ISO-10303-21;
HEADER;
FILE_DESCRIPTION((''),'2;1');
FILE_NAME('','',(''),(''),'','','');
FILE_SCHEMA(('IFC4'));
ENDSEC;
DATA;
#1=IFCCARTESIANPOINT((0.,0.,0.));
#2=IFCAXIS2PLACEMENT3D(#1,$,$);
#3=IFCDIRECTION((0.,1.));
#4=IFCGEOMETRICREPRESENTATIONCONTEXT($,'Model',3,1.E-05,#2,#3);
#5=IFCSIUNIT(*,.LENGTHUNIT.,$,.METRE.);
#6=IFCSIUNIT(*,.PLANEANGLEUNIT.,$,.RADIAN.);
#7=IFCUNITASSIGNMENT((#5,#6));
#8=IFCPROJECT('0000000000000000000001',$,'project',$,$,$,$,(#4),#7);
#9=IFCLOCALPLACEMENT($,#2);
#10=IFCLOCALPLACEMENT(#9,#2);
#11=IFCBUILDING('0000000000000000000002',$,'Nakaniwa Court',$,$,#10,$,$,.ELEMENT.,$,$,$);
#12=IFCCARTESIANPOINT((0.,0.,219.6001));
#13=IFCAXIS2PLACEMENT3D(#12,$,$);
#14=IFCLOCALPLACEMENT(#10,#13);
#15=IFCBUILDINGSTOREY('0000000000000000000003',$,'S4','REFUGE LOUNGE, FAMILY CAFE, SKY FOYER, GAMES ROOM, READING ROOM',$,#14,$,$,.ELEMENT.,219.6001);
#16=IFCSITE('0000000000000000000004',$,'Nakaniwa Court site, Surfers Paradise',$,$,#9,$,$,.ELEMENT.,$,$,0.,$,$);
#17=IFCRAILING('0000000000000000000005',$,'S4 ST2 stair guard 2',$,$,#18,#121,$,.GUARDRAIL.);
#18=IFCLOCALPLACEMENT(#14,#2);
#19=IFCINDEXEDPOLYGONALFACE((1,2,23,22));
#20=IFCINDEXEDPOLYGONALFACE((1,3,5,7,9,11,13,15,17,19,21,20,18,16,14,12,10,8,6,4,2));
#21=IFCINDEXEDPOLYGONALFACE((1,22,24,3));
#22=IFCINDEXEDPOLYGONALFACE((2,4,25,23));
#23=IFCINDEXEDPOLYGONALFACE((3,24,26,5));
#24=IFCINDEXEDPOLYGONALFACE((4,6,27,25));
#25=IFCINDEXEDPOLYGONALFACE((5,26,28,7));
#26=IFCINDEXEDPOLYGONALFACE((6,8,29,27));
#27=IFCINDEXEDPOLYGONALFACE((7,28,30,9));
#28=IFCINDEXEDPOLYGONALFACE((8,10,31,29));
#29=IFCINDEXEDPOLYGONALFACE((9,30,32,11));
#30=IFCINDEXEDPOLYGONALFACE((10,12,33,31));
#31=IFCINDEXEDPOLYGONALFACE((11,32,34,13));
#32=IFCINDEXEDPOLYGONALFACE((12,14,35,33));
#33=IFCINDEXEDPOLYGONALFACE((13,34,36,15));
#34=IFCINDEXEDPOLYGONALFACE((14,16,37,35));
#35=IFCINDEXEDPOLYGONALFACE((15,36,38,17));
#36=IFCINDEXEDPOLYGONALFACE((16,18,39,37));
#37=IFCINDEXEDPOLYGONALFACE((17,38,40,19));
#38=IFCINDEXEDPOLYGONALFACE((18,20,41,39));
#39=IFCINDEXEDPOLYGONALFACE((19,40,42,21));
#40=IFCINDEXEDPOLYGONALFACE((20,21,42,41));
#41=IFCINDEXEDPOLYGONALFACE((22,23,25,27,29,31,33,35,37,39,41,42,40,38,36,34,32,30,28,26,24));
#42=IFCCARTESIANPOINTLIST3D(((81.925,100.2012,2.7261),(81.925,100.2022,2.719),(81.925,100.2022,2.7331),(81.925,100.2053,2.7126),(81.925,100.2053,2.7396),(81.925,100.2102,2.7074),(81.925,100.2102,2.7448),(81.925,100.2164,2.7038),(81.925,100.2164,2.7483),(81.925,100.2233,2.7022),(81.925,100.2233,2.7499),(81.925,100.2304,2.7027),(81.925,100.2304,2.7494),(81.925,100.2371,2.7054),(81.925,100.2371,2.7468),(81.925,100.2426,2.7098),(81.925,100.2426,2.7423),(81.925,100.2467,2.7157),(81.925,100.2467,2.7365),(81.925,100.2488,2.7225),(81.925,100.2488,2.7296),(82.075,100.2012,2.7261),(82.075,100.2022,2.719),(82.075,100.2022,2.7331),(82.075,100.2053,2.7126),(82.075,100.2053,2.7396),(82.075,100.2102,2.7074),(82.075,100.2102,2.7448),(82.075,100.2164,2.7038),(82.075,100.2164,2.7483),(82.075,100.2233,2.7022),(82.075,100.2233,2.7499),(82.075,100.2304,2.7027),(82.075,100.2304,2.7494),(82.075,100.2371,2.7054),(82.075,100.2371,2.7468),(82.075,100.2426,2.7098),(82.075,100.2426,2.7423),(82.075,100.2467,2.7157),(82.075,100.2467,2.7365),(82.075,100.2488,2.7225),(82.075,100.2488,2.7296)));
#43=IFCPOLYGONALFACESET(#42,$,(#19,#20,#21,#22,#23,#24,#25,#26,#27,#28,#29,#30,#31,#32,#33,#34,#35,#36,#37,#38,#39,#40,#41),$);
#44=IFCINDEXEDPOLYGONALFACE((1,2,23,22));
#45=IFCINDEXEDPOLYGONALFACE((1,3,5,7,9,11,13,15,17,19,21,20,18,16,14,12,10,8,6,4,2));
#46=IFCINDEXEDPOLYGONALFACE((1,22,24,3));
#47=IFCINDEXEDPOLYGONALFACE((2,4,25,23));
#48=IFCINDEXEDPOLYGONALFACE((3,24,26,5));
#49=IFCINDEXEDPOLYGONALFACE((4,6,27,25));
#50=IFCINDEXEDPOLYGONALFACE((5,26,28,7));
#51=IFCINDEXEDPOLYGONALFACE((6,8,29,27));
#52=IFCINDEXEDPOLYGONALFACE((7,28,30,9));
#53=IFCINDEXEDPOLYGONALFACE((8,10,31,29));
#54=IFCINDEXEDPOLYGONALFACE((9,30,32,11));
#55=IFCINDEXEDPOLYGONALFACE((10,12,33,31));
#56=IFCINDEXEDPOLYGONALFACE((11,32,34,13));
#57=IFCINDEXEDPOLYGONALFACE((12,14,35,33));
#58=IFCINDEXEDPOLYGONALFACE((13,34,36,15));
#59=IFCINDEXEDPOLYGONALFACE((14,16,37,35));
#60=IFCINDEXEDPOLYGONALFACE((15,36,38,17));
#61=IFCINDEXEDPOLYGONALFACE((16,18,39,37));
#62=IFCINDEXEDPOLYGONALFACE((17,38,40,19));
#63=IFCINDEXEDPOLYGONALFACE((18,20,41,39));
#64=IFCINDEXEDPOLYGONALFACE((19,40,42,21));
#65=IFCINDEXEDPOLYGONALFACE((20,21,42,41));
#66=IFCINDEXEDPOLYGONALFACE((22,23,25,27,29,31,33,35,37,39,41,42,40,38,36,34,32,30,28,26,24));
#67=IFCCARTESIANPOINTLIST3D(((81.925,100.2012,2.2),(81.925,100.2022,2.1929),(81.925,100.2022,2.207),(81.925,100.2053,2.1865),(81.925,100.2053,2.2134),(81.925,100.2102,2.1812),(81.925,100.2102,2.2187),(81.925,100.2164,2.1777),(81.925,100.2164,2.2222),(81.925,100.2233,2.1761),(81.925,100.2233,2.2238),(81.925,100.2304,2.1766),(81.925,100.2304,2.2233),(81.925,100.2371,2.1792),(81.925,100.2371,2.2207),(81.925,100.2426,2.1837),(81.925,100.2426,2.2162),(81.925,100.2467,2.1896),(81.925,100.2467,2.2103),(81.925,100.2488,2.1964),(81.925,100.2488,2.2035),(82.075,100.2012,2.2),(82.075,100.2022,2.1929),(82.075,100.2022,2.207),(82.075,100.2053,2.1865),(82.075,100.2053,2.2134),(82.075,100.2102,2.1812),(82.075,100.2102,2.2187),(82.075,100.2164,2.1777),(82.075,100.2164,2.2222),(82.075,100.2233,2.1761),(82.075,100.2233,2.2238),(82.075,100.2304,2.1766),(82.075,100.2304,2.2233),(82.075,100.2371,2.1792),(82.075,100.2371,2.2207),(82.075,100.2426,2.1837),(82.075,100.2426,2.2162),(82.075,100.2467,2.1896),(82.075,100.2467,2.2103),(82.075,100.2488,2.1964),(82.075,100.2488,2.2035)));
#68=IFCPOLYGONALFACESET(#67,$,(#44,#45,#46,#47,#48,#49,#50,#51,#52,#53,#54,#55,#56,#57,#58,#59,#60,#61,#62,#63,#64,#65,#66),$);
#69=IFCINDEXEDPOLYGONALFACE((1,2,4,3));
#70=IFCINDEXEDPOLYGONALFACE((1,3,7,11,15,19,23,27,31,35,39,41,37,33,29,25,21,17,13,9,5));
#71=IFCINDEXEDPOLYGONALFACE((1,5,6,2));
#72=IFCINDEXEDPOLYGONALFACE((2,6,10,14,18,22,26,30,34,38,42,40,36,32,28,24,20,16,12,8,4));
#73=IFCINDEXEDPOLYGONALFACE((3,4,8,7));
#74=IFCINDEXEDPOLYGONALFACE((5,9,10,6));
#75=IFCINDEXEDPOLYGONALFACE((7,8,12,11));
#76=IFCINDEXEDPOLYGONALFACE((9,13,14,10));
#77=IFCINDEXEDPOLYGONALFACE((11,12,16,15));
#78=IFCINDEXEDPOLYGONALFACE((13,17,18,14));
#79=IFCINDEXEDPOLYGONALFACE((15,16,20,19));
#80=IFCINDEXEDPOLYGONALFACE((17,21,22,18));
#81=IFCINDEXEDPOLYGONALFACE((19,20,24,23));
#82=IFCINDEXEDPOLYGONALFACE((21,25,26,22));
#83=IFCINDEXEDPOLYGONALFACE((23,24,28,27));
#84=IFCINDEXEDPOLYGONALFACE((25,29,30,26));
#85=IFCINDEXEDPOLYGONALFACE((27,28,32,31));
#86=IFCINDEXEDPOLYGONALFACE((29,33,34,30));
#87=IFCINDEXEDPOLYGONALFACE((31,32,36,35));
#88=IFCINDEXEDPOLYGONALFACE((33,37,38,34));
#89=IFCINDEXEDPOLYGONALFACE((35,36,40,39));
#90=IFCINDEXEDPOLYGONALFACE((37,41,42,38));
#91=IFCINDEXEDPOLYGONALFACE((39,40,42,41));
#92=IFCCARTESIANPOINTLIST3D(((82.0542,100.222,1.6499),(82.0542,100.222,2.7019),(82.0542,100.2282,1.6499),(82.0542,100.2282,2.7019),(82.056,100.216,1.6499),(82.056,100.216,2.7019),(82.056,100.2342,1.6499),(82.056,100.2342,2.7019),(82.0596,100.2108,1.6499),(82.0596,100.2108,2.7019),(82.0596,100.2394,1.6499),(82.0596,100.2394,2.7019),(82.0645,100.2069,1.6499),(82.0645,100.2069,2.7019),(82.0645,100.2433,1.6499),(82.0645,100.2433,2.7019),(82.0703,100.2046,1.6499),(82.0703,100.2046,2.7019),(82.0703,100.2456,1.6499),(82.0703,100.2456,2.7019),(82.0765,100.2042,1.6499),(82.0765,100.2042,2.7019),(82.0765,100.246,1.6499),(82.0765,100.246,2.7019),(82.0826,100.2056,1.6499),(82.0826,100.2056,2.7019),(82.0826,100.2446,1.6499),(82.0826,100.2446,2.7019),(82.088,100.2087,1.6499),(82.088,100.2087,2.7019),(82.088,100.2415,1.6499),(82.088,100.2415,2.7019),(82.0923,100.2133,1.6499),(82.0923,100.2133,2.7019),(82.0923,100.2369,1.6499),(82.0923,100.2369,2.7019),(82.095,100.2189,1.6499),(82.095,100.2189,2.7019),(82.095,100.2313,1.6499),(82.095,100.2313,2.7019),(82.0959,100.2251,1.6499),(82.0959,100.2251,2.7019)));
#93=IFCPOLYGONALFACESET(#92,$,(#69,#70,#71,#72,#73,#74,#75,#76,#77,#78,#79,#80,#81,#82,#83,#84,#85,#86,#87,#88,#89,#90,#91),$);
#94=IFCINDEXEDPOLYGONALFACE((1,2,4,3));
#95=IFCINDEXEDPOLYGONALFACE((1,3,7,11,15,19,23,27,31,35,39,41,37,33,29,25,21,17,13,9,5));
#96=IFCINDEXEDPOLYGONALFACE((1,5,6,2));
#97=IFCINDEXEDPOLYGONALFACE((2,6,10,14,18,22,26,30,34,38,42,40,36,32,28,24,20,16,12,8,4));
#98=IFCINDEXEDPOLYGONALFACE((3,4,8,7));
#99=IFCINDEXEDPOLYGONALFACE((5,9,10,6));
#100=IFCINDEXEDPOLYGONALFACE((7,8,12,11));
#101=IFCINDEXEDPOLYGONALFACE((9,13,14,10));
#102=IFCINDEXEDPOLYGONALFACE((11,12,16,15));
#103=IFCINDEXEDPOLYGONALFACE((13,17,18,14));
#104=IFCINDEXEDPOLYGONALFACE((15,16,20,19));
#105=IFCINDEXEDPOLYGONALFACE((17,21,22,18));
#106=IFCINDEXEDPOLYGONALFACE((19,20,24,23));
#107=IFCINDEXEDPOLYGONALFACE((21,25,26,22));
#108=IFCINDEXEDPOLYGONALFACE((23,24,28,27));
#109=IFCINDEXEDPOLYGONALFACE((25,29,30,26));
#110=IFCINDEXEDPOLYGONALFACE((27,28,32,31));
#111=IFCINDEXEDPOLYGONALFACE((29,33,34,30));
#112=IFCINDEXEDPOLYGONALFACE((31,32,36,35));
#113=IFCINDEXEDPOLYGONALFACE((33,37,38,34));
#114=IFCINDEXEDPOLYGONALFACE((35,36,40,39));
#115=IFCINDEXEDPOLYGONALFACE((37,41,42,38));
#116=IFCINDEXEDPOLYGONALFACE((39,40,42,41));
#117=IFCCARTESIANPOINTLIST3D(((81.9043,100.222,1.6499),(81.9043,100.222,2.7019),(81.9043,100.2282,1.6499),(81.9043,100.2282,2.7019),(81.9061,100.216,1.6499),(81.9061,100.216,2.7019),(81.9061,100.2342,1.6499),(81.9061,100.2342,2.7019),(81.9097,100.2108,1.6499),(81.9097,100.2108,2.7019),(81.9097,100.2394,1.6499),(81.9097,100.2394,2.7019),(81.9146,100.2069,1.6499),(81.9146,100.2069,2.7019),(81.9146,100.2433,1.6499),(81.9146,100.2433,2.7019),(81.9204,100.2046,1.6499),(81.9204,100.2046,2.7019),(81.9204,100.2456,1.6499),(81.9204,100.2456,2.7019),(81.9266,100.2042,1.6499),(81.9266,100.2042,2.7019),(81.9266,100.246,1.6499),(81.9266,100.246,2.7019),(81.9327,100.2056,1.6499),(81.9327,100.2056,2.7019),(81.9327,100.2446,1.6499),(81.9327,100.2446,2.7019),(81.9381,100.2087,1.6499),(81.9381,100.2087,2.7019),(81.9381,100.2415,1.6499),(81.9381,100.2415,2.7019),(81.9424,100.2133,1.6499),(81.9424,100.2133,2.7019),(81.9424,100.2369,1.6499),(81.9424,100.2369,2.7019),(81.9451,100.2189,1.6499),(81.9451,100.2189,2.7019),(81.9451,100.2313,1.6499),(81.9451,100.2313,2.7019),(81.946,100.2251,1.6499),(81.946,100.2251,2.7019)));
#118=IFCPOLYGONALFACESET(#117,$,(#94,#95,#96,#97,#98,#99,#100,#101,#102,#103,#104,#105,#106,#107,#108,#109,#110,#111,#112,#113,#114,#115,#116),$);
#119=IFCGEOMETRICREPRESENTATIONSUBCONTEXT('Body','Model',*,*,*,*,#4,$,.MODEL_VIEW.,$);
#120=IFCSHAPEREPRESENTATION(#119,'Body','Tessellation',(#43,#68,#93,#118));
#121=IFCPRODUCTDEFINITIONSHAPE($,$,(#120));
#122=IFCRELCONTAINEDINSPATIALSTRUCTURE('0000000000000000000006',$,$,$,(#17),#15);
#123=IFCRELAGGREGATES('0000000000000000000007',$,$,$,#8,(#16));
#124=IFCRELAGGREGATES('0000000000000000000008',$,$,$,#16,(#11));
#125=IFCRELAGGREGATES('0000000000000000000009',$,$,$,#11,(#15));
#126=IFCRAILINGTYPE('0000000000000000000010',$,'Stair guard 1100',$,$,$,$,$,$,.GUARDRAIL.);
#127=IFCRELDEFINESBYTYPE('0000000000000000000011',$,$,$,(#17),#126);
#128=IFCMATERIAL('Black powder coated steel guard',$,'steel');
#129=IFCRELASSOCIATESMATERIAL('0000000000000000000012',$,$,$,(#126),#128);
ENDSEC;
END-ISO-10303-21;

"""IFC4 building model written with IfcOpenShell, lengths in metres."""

from ifc_helpers import new_model, si_unit, direction, frame, origin, origin_2d, place, context, subcontext, project, spatial, circle, extrude, material, type_object, element, save


model = new_model("IFC4")

# Units and contexts
model_context = context("Model", 3, precision=1e-05, world=origin(), true_north=direction((0.0, 1.0)))
body_context = subcontext(model_context, "Body", "Model", "MODEL_VIEW")
ifc_project = project(units=[si_unit("LENGTHUNIT", "METRE"), si_unit("PLANEANGLEUNIT", "RADIAN")], contexts=[model_context])

# Site, building, storey
site_placement = place(None, origin())
site = spatial("IfcSite", under=ifc_project, at=site_placement, Name="Nakaniwa Court site, Surfers Paradise", CompositionType="ELEMENT", RefElevation=0.0)
building_placement = place(site_placement, origin())
building = spatial("IfcBuilding", under=site, at=building_placement, Name="Nakaniwa Court", CompositionType="ELEMENT")
storey_placement = place(building_placement, frame((0.0, 0.0, 219.6001)))
storey = spatial("IfcBuildingStorey", under=building, at=storey_placement, Name="S4", Description="REFUGE LOUNGE, FAMILY CAFE, SKY FOYER, GAMES ROOM, READING ROOM", CompositionType="ELEMENT", Elevation=219.6001)

# Railing
ifc_material_1 = material(Name="Black powder coated steel guard", Category="steel")
railing_type_1 = type_object("IfcRailingType", Name="Stair guard 1100", PredefinedType="GUARDRAIL", material=ifc_material_1)
railing_1_placement = place(storey_placement, frame((82.075, 100.2251, 1.6499)))
element("IfcRailing", 1, at=railing_1_placement, inside=storey, type_object=railing_type_1, Name="S4 ST2 stair guard 2", PredefinedType="GUARDRAIL", context=body_context, shape_type="SweptSolid", body=[
    extrude(circle(Radius=0.0239, at=origin_2d()), frame((0.0, 0.0, 1.0762), z_axis=(-1.0, 0.0, 0.0), x_axis=(0.0, -1.0, 0.0)), (0.0, 0.0, 1.0), 0.1499),
    extrude(circle(Radius=0.0239, at=origin_2d()), frame((0.0, 0.0, 0.55), z_axis=(-1.0, 0.0, 0.0), x_axis=(0.0, -1.0, 0.0)), (0.0, 0.0, 1.0), 0.1499),
    extrude(circle(Radius=0.021, at=origin_2d()), origin(), (0.0, 0.0, 1.0), 1.052),
    extrude(circle(Radius=0.021, at=origin_2d()), frame((-0.1499, 0.0, 0.0)), (0.0, 0.0, 1.0), 1.052),
])

save(model, "model.ifc")
